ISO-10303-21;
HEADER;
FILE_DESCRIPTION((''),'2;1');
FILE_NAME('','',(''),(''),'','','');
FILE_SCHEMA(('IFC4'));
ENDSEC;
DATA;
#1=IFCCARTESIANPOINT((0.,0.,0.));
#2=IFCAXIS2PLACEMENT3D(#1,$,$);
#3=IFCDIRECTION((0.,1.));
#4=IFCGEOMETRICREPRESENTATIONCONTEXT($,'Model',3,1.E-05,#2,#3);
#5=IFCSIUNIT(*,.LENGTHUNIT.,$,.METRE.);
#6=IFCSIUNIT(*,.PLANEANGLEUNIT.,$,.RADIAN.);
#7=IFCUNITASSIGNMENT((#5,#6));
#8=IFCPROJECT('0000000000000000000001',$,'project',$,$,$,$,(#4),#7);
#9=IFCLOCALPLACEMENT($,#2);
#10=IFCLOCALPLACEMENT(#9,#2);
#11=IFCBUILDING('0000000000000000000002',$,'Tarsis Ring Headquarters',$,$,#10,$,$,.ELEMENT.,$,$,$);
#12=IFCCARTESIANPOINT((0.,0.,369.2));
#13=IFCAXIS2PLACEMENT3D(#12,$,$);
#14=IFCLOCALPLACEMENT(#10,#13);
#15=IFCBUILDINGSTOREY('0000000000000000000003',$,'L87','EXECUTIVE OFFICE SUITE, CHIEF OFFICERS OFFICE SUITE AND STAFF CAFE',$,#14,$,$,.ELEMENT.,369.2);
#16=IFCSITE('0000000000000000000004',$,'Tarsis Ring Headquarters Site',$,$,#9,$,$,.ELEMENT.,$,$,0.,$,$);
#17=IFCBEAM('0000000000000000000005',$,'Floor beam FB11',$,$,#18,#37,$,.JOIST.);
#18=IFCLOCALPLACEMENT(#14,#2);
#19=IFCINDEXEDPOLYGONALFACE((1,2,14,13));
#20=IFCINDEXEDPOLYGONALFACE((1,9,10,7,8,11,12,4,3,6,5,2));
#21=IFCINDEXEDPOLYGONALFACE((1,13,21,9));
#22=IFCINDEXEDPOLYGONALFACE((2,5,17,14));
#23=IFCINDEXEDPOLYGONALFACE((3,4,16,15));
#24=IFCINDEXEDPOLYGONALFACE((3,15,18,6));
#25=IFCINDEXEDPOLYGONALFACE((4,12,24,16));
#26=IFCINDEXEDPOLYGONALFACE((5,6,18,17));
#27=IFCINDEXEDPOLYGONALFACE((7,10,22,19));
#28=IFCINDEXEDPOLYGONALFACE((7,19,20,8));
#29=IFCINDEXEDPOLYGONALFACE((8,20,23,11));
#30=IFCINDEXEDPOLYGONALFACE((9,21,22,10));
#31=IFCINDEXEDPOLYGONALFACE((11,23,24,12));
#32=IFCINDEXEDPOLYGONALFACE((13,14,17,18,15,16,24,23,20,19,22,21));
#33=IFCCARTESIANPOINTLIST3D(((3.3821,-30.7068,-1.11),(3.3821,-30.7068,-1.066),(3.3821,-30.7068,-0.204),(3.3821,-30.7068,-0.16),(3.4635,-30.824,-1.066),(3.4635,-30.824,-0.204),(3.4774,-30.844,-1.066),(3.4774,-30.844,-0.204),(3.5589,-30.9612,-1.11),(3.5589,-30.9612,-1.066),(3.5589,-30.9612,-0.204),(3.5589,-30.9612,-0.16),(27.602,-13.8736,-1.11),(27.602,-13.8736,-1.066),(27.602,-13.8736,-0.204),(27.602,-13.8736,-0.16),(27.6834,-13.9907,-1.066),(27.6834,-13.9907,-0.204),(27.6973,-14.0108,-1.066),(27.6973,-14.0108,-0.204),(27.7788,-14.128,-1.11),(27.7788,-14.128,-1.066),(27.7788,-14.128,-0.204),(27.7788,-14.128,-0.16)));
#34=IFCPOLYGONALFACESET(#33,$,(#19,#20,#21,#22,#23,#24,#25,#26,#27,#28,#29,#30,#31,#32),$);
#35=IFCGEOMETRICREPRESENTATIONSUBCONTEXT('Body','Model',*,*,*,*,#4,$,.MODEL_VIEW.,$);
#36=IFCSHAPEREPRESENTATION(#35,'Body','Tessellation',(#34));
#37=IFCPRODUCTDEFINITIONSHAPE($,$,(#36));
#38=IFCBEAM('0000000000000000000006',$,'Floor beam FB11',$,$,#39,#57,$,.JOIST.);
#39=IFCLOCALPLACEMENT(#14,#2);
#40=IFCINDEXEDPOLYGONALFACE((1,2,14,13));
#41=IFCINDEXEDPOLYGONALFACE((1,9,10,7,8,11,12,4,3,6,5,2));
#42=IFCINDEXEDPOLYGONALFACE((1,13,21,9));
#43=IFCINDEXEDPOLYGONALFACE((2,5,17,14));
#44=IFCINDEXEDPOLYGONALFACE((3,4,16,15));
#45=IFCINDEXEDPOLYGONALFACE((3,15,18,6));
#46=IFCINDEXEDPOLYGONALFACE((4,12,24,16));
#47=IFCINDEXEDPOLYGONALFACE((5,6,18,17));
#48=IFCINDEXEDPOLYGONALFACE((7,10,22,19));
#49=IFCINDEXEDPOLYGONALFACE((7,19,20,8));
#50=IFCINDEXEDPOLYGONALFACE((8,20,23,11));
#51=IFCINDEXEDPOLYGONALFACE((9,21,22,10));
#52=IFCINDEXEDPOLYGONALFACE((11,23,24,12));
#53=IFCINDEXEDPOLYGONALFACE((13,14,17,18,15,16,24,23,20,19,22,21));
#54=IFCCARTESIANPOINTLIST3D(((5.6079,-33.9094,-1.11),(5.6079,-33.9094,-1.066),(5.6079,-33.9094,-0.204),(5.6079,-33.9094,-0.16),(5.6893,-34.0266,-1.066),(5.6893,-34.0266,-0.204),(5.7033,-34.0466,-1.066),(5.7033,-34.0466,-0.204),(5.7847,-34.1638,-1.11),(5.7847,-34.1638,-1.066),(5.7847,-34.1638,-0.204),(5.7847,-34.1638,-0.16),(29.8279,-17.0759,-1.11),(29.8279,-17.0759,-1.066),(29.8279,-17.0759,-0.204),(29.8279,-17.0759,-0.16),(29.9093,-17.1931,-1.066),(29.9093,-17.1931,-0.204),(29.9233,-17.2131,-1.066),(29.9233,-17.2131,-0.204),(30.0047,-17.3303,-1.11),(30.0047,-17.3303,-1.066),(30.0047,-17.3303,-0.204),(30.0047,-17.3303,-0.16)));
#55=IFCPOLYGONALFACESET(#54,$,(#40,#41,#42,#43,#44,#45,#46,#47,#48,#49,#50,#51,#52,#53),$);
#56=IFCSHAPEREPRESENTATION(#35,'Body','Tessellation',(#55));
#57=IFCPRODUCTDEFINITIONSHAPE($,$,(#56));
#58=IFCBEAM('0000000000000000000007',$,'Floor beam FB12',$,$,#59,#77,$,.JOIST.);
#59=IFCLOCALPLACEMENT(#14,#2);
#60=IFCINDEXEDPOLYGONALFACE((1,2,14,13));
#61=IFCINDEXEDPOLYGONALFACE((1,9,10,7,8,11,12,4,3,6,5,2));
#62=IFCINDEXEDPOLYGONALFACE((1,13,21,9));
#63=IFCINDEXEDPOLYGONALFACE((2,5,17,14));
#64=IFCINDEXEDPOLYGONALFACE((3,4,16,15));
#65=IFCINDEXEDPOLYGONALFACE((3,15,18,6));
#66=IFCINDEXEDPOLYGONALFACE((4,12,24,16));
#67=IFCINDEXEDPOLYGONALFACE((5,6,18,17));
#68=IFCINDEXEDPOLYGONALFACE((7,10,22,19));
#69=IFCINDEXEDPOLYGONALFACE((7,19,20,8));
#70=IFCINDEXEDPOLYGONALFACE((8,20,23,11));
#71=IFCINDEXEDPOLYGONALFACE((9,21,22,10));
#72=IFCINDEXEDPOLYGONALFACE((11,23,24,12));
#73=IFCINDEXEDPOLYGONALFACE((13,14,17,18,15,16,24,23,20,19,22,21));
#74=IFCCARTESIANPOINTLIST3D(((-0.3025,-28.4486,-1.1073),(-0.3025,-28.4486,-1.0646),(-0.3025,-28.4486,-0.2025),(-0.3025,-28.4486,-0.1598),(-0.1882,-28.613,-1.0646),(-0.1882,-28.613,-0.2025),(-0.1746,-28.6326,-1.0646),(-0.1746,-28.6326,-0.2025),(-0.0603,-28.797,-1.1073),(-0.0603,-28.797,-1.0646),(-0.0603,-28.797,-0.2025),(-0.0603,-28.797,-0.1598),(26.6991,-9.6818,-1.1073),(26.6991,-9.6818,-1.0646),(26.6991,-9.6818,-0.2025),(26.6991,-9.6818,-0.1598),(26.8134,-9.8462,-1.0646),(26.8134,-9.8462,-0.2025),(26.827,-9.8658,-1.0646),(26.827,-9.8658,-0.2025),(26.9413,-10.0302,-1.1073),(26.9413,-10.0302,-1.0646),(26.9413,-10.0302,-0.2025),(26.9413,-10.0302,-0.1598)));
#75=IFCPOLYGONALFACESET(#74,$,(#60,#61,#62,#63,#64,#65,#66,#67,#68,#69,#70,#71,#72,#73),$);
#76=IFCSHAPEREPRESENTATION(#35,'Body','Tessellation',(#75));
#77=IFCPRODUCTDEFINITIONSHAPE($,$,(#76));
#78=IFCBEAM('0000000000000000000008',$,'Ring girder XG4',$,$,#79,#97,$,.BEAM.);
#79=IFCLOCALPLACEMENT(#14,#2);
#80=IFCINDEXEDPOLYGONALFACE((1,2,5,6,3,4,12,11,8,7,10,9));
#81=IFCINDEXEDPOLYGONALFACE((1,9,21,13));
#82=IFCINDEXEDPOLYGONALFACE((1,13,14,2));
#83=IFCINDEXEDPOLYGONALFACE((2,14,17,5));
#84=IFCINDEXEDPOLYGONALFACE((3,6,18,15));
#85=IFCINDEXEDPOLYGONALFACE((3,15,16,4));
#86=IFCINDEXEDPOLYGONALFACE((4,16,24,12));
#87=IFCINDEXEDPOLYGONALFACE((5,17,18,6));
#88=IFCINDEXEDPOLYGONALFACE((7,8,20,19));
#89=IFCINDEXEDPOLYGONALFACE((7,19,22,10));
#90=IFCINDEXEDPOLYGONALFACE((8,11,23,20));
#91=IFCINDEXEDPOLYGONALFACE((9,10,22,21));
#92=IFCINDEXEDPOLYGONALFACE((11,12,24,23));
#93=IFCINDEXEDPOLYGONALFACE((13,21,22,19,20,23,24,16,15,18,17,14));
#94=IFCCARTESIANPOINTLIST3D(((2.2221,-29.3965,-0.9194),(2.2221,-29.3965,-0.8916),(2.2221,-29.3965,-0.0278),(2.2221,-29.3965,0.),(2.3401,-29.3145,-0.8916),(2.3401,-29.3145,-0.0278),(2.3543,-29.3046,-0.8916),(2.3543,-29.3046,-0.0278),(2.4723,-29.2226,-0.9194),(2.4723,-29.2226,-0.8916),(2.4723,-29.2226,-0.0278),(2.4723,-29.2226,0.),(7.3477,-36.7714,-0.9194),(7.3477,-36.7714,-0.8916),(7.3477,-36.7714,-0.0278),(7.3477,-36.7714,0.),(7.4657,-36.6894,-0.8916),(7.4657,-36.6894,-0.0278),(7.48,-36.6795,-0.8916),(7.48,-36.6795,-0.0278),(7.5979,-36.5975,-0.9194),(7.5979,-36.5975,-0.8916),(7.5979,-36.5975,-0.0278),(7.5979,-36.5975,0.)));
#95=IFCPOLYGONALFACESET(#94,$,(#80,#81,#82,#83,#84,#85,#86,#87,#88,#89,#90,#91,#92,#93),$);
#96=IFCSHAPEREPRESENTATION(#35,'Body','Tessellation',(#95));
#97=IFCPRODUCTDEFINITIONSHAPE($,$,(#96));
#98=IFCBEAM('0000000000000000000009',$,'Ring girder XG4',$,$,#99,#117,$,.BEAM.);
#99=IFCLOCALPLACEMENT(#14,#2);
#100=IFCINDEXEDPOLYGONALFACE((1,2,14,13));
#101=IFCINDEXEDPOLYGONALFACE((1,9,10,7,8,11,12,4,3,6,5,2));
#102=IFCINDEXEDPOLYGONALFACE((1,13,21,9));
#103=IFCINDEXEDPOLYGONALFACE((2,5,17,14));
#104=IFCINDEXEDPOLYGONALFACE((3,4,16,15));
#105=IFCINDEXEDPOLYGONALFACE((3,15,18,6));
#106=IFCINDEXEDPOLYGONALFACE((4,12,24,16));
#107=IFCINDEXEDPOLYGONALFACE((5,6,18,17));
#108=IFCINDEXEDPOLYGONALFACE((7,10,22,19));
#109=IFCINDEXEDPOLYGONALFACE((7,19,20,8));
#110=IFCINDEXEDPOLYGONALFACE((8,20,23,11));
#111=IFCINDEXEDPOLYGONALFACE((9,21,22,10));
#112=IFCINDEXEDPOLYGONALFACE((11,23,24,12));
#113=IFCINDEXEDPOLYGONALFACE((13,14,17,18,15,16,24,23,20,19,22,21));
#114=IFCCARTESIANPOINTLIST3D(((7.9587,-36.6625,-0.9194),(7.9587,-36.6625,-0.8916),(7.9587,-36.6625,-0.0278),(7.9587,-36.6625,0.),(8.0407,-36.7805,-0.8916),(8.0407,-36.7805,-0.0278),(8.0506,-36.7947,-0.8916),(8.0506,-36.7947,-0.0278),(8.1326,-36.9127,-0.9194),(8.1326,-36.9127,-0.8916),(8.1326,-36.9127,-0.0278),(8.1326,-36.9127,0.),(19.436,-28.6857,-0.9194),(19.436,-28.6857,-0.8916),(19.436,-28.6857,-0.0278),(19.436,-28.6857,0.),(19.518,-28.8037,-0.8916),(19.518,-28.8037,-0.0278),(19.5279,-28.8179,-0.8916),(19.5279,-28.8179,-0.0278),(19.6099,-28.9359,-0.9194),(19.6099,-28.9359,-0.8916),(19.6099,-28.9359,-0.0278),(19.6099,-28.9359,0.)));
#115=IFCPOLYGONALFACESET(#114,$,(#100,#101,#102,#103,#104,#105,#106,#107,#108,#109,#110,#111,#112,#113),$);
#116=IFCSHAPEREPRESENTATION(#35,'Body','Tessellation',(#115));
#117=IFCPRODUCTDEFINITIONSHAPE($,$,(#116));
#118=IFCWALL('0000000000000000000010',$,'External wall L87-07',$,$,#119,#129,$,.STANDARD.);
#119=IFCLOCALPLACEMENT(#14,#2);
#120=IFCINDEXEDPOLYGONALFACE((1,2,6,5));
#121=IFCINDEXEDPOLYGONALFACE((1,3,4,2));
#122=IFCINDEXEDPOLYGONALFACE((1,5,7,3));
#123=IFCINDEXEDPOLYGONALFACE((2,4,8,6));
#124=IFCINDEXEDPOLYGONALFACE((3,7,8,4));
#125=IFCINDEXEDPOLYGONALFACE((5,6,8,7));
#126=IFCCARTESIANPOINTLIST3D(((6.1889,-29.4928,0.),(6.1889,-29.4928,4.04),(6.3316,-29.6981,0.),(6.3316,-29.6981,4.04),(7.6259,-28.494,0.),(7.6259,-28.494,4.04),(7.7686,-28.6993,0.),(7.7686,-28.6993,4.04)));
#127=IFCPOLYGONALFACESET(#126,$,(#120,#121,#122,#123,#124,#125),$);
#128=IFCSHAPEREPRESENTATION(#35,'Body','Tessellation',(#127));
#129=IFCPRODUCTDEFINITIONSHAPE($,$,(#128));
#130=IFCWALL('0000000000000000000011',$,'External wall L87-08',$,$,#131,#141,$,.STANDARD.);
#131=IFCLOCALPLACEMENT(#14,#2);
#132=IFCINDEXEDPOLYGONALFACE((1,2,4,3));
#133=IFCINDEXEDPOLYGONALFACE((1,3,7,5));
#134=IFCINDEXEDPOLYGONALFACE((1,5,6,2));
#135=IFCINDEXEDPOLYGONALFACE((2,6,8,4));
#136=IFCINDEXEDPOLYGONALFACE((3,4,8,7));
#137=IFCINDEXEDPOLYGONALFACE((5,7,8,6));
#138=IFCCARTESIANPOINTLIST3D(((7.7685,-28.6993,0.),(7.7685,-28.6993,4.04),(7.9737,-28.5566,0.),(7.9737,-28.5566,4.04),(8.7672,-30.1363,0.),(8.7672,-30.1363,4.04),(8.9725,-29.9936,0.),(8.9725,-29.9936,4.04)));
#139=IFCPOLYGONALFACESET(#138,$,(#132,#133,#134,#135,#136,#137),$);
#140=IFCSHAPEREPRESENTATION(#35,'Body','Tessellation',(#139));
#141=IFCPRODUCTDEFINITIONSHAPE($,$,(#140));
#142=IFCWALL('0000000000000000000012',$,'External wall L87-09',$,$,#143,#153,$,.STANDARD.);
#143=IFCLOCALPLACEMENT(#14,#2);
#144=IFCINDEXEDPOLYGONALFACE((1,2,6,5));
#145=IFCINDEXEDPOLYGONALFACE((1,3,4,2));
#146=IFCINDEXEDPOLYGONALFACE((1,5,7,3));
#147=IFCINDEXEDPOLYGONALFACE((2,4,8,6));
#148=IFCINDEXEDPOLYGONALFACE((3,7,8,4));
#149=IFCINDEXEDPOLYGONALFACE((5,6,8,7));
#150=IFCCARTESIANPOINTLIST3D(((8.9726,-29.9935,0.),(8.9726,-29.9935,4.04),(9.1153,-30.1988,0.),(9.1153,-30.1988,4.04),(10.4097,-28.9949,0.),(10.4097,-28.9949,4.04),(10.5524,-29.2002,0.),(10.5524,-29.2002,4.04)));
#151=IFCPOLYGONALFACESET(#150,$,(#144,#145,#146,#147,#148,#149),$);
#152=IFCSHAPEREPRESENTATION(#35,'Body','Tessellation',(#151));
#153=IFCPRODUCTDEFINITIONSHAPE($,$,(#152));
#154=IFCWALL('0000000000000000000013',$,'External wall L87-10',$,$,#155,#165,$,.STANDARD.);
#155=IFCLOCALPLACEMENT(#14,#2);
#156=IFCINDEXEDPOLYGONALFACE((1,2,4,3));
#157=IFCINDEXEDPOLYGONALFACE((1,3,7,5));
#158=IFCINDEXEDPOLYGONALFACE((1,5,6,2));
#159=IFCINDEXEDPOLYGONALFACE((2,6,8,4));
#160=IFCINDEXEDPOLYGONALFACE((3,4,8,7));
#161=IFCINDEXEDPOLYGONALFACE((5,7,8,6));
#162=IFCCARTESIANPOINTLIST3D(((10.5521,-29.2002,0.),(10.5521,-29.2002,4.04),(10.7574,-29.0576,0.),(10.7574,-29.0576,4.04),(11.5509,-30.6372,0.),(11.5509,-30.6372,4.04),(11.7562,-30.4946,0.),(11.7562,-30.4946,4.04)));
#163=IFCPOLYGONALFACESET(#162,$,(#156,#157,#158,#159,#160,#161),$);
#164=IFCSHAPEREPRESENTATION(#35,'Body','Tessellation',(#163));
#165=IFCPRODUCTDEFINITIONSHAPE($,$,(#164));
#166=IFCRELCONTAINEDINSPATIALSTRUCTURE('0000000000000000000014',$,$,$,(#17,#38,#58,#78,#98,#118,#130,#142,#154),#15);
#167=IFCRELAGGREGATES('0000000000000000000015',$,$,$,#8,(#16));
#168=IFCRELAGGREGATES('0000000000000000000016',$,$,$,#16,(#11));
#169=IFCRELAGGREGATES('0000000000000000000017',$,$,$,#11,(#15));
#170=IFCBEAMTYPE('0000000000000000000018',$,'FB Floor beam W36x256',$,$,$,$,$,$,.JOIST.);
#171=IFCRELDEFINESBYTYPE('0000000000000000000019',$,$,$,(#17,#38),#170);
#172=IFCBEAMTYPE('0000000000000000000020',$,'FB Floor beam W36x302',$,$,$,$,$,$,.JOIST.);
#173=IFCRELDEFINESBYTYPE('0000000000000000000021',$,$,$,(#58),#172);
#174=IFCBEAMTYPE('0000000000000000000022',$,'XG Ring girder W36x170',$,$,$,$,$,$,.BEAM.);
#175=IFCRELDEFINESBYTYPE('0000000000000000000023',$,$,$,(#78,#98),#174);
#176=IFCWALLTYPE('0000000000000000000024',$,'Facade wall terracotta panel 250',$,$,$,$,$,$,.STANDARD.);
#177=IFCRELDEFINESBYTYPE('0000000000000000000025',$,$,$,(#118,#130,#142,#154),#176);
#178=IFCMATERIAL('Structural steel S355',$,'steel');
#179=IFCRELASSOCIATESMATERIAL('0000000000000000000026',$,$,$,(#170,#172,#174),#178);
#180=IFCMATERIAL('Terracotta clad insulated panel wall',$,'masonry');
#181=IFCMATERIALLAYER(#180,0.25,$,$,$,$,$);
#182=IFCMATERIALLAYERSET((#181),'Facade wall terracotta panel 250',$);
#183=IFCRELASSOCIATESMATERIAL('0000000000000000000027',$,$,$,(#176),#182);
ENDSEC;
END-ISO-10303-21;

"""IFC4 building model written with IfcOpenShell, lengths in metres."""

from ifc_helpers import new_model, si_unit, direction, frame, frame_2d, origin, origin_2d, place, context, subcontext, project, spatial, rectangle, i_section, extrude, material, layer, layer_set, material_profile, profile_set, type_object, element, save


model = new_model("IFC4")

# Units and contexts
model_context = context("Model", 3, precision=1e-05, world=origin(), true_north=direction((0.0, 1.0)))
body_context = subcontext(model_context, "Body", "Model", "MODEL_VIEW")
ifc_project = project(units=[si_unit("LENGTHUNIT", "METRE"), si_unit("PLANEANGLEUNIT", "RADIAN")], contexts=[model_context])

# Site, building, storey
site_placement = place(None, origin())
site = spatial("IfcSite", under=ifc_project, at=site_placement, Name="Tarsis Ring Headquarters Site", CompositionType="ELEMENT", RefElevation=0.0)
building_placement = place(site_placement, origin())
building = spatial("IfcBuilding", under=site, at=building_placement, Name="Tarsis Ring Headquarters", CompositionType="ELEMENT")
storey_placement = place(building_placement, frame((0.0, 0.0, 369.2)))
storey = spatial("IfcBuildingStorey", under=building, at=storey_placement, Name="L87", Description="EXECUTIVE OFFICE SUITE, CHIEF OFFICERS OFFICE SUITE AND STAFF CAFE", CompositionType="ELEMENT", Elevation=369.2)

# Shared definitions
ifc_material_1 = material(Name="Structural steel S355", Category="steel")

# Beams
ifc_material_profile_1 = material_profile(ifc_material_1, i_section(OverallWidth=0.3098, OverallDepth=0.95, WebThickness=0.0244, FlangeThickness=0.0439, at=origin_2d()), Name="W36x256")
ifc_profile_set_1 = profile_set([ifc_material_profile_1], Name="Structural steel S355")
beam_type_1 = type_object("IfcBeamType", Name="FB Floor beam W36x256", PredefinedType="JOIST", material=ifc_profile_set_1)
beam_1_placement = place(storey_placement, frame((3.4705, -30.834, -0.635), z_axis=(0.82115, 0.570712, 0.0), x_axis=(-0.570712, 0.82115, 0.0)))
element("IfcBeam", 1, at=beam_1_placement, inside=storey, type_object=beam_type_1, Name="Floor beam FB11", PredefinedType="JOIST", context=body_context, shape_type="SweptSolid", body=[
    extrude(i_section(OverallWidth=0.3098, OverallDepth=0.95, WebThickness=0.0244, FlangeThickness=0.0439, at=origin_2d()), origin(), (0.0, 0.0, 1.0), 29.4951),
])
beam_2_placement = place(storey_placement, frame((5.6963, -34.0366, -0.635), z_axis=(0.821146, 0.570718, 0.0), x_axis=(-0.570718, 0.821146, 0.0)))
element("IfcBeam", 2, at=beam_2_placement, inside=storey, type_object=beam_type_1, Name="Floor beam FB11", PredefinedType="JOIST", context=body_context, shape_type="SweptSolid", body=[
    extrude(i_section(OverallWidth=0.3098, OverallDepth=0.95, WebThickness=0.0244, FlangeThickness=0.0439, at=origin_2d()), origin(), (0.0, 0.0, 1.0), 29.4954),
])
ifc_material_profile_2 = material_profile(ifc_material_1, i_section(OverallWidth=0.4243, OverallDepth=0.9475, WebThickness=0.0239, FlangeThickness=0.0427, at=origin_2d()), Name="W36x302")
ifc_profile_set_2 = profile_set([ifc_material_profile_2], Name="Structural steel S355")
beam_type_2 = type_object("IfcBeamType", Name="FB Floor beam W36x302", PredefinedType="JOIST", material=ifc_profile_set_2)
beam_3_placement = place(storey_placement, frame((-0.1814, -28.6228, -0.6335), z_axis=(0.821147, 0.570717, 0.0), x_axis=(-0.570717, 0.821147, 0.0)))
element("IfcBeam", 3, at=beam_3_placement, inside=storey, type_object=beam_type_2, Name="Floor beam FB12", PredefinedType="JOIST", context=body_context, shape_type="SweptSolid", body=[
    extrude(i_section(OverallWidth=0.4243, OverallDepth=0.9475, WebThickness=0.0239, FlangeThickness=0.0427, at=origin_2d()), origin(), (0.0, 0.0, 1.0), 32.8828),
])
ifc_material_profile_3 = material_profile(ifc_material_1, i_section(OverallWidth=0.3047, OverallDepth=0.9194, WebThickness=0.0173, FlangeThickness=0.0278, at=origin_2d()), Name="W36x170")
ifc_profile_set_3 = profile_set([ifc_material_profile_3], Name="Structural steel S355")
beam_type_3 = type_object("IfcBeamType", Name="XG Ring girder W36x170", PredefinedType="BEAM", material=ifc_profile_set_3)
beam_4_placement = place(storey_placement, frame((2.3472, -29.3096, -0.4597), z_axis=(0.570712, -0.821151, 0.0), x_axis=(0.821151, 0.570712, 0.0)))
element("IfcBeam", 4, at=beam_4_placement, inside=storey, type_object=beam_type_3, Name="Ring girder XG4", PredefinedType="BEAM", context=body_context, shape_type="SweptSolid", body=[
    extrude(i_section(OverallWidth=0.3047, OverallDepth=0.9194, WebThickness=0.0173, FlangeThickness=0.0278, at=origin_2d()), origin(), (0.0, 0.0, 1.0), 8.9812),
])
beam_5_placement = place(storey_placement, frame((8.0457, -36.7876, -0.4597), z_axis=(0.821153, 0.570708, 0.0), x_axis=(-0.570708, 0.821153, 0.0)))
element("IfcBeam", 5, at=beam_5_placement, inside=storey, type_object=beam_type_3, Name="Ring girder XG4", PredefinedType="BEAM", context=body_context, shape_type="SweptSolid", body=[
    extrude(i_section(OverallWidth=0.3047, OverallDepth=0.9194, WebThickness=0.0173, FlangeThickness=0.0278, at=origin_2d()), origin(), (0.0, 0.0, 1.0), 13.9771),
])

# Walls
ifc_material_2 = material(Name="Terracotta clad insulated panel wall", Category="masonry")
ifc_layer_1 = layer(ifc_material_2, 0.25)
ifc_layer_set_1 = layer_set([ifc_layer_1], Name="Facade wall terracotta panel 250")
wall_type = type_object("IfcWallType", Name="Facade wall terracotta panel 250", PredefinedType="STANDARD", material=ifc_layer_set_1)
for number, where, z_axis, x_axis, name in (
    (6, (6.2603, -29.5955, 0.0), (0.0, 0.0, 1.0), (0.821141, 0.570725, 0.0), "External wall L87-07"),
    (7, (7.8711, -28.6279, 0.0), (0.0, 0.0, 1.0), (0.570725, -0.821141, 0.0), "External wall L87-08"),
    (8, (9.0439, -30.0962, 0.0), (0.0, 0.0, 1.0), (0.821207, 0.570631, 0.0), "External wall L87-09"),
    (9, (10.6548, -29.1289, 0.0), (0.0, 0.0, 1.0), (0.570725, -0.821141, 0.0), "External wall L87-10"),
):
    element("IfcWall", number, at=place(storey_placement, frame(where, z_axis=z_axis, x_axis=x_axis)), inside=storey, type_object=wall_type, Name=name, PredefinedType="STANDARD", context=body_context, shape_type="SweptSolid", body=[
        extrude(rectangle(XDim=1.75, YDim=0.25, at=frame_2d((0.875, 0.0))), origin(), (0.0, 0.0, 1.0), 4.04),
    ])

save(model, "model.ifc")
